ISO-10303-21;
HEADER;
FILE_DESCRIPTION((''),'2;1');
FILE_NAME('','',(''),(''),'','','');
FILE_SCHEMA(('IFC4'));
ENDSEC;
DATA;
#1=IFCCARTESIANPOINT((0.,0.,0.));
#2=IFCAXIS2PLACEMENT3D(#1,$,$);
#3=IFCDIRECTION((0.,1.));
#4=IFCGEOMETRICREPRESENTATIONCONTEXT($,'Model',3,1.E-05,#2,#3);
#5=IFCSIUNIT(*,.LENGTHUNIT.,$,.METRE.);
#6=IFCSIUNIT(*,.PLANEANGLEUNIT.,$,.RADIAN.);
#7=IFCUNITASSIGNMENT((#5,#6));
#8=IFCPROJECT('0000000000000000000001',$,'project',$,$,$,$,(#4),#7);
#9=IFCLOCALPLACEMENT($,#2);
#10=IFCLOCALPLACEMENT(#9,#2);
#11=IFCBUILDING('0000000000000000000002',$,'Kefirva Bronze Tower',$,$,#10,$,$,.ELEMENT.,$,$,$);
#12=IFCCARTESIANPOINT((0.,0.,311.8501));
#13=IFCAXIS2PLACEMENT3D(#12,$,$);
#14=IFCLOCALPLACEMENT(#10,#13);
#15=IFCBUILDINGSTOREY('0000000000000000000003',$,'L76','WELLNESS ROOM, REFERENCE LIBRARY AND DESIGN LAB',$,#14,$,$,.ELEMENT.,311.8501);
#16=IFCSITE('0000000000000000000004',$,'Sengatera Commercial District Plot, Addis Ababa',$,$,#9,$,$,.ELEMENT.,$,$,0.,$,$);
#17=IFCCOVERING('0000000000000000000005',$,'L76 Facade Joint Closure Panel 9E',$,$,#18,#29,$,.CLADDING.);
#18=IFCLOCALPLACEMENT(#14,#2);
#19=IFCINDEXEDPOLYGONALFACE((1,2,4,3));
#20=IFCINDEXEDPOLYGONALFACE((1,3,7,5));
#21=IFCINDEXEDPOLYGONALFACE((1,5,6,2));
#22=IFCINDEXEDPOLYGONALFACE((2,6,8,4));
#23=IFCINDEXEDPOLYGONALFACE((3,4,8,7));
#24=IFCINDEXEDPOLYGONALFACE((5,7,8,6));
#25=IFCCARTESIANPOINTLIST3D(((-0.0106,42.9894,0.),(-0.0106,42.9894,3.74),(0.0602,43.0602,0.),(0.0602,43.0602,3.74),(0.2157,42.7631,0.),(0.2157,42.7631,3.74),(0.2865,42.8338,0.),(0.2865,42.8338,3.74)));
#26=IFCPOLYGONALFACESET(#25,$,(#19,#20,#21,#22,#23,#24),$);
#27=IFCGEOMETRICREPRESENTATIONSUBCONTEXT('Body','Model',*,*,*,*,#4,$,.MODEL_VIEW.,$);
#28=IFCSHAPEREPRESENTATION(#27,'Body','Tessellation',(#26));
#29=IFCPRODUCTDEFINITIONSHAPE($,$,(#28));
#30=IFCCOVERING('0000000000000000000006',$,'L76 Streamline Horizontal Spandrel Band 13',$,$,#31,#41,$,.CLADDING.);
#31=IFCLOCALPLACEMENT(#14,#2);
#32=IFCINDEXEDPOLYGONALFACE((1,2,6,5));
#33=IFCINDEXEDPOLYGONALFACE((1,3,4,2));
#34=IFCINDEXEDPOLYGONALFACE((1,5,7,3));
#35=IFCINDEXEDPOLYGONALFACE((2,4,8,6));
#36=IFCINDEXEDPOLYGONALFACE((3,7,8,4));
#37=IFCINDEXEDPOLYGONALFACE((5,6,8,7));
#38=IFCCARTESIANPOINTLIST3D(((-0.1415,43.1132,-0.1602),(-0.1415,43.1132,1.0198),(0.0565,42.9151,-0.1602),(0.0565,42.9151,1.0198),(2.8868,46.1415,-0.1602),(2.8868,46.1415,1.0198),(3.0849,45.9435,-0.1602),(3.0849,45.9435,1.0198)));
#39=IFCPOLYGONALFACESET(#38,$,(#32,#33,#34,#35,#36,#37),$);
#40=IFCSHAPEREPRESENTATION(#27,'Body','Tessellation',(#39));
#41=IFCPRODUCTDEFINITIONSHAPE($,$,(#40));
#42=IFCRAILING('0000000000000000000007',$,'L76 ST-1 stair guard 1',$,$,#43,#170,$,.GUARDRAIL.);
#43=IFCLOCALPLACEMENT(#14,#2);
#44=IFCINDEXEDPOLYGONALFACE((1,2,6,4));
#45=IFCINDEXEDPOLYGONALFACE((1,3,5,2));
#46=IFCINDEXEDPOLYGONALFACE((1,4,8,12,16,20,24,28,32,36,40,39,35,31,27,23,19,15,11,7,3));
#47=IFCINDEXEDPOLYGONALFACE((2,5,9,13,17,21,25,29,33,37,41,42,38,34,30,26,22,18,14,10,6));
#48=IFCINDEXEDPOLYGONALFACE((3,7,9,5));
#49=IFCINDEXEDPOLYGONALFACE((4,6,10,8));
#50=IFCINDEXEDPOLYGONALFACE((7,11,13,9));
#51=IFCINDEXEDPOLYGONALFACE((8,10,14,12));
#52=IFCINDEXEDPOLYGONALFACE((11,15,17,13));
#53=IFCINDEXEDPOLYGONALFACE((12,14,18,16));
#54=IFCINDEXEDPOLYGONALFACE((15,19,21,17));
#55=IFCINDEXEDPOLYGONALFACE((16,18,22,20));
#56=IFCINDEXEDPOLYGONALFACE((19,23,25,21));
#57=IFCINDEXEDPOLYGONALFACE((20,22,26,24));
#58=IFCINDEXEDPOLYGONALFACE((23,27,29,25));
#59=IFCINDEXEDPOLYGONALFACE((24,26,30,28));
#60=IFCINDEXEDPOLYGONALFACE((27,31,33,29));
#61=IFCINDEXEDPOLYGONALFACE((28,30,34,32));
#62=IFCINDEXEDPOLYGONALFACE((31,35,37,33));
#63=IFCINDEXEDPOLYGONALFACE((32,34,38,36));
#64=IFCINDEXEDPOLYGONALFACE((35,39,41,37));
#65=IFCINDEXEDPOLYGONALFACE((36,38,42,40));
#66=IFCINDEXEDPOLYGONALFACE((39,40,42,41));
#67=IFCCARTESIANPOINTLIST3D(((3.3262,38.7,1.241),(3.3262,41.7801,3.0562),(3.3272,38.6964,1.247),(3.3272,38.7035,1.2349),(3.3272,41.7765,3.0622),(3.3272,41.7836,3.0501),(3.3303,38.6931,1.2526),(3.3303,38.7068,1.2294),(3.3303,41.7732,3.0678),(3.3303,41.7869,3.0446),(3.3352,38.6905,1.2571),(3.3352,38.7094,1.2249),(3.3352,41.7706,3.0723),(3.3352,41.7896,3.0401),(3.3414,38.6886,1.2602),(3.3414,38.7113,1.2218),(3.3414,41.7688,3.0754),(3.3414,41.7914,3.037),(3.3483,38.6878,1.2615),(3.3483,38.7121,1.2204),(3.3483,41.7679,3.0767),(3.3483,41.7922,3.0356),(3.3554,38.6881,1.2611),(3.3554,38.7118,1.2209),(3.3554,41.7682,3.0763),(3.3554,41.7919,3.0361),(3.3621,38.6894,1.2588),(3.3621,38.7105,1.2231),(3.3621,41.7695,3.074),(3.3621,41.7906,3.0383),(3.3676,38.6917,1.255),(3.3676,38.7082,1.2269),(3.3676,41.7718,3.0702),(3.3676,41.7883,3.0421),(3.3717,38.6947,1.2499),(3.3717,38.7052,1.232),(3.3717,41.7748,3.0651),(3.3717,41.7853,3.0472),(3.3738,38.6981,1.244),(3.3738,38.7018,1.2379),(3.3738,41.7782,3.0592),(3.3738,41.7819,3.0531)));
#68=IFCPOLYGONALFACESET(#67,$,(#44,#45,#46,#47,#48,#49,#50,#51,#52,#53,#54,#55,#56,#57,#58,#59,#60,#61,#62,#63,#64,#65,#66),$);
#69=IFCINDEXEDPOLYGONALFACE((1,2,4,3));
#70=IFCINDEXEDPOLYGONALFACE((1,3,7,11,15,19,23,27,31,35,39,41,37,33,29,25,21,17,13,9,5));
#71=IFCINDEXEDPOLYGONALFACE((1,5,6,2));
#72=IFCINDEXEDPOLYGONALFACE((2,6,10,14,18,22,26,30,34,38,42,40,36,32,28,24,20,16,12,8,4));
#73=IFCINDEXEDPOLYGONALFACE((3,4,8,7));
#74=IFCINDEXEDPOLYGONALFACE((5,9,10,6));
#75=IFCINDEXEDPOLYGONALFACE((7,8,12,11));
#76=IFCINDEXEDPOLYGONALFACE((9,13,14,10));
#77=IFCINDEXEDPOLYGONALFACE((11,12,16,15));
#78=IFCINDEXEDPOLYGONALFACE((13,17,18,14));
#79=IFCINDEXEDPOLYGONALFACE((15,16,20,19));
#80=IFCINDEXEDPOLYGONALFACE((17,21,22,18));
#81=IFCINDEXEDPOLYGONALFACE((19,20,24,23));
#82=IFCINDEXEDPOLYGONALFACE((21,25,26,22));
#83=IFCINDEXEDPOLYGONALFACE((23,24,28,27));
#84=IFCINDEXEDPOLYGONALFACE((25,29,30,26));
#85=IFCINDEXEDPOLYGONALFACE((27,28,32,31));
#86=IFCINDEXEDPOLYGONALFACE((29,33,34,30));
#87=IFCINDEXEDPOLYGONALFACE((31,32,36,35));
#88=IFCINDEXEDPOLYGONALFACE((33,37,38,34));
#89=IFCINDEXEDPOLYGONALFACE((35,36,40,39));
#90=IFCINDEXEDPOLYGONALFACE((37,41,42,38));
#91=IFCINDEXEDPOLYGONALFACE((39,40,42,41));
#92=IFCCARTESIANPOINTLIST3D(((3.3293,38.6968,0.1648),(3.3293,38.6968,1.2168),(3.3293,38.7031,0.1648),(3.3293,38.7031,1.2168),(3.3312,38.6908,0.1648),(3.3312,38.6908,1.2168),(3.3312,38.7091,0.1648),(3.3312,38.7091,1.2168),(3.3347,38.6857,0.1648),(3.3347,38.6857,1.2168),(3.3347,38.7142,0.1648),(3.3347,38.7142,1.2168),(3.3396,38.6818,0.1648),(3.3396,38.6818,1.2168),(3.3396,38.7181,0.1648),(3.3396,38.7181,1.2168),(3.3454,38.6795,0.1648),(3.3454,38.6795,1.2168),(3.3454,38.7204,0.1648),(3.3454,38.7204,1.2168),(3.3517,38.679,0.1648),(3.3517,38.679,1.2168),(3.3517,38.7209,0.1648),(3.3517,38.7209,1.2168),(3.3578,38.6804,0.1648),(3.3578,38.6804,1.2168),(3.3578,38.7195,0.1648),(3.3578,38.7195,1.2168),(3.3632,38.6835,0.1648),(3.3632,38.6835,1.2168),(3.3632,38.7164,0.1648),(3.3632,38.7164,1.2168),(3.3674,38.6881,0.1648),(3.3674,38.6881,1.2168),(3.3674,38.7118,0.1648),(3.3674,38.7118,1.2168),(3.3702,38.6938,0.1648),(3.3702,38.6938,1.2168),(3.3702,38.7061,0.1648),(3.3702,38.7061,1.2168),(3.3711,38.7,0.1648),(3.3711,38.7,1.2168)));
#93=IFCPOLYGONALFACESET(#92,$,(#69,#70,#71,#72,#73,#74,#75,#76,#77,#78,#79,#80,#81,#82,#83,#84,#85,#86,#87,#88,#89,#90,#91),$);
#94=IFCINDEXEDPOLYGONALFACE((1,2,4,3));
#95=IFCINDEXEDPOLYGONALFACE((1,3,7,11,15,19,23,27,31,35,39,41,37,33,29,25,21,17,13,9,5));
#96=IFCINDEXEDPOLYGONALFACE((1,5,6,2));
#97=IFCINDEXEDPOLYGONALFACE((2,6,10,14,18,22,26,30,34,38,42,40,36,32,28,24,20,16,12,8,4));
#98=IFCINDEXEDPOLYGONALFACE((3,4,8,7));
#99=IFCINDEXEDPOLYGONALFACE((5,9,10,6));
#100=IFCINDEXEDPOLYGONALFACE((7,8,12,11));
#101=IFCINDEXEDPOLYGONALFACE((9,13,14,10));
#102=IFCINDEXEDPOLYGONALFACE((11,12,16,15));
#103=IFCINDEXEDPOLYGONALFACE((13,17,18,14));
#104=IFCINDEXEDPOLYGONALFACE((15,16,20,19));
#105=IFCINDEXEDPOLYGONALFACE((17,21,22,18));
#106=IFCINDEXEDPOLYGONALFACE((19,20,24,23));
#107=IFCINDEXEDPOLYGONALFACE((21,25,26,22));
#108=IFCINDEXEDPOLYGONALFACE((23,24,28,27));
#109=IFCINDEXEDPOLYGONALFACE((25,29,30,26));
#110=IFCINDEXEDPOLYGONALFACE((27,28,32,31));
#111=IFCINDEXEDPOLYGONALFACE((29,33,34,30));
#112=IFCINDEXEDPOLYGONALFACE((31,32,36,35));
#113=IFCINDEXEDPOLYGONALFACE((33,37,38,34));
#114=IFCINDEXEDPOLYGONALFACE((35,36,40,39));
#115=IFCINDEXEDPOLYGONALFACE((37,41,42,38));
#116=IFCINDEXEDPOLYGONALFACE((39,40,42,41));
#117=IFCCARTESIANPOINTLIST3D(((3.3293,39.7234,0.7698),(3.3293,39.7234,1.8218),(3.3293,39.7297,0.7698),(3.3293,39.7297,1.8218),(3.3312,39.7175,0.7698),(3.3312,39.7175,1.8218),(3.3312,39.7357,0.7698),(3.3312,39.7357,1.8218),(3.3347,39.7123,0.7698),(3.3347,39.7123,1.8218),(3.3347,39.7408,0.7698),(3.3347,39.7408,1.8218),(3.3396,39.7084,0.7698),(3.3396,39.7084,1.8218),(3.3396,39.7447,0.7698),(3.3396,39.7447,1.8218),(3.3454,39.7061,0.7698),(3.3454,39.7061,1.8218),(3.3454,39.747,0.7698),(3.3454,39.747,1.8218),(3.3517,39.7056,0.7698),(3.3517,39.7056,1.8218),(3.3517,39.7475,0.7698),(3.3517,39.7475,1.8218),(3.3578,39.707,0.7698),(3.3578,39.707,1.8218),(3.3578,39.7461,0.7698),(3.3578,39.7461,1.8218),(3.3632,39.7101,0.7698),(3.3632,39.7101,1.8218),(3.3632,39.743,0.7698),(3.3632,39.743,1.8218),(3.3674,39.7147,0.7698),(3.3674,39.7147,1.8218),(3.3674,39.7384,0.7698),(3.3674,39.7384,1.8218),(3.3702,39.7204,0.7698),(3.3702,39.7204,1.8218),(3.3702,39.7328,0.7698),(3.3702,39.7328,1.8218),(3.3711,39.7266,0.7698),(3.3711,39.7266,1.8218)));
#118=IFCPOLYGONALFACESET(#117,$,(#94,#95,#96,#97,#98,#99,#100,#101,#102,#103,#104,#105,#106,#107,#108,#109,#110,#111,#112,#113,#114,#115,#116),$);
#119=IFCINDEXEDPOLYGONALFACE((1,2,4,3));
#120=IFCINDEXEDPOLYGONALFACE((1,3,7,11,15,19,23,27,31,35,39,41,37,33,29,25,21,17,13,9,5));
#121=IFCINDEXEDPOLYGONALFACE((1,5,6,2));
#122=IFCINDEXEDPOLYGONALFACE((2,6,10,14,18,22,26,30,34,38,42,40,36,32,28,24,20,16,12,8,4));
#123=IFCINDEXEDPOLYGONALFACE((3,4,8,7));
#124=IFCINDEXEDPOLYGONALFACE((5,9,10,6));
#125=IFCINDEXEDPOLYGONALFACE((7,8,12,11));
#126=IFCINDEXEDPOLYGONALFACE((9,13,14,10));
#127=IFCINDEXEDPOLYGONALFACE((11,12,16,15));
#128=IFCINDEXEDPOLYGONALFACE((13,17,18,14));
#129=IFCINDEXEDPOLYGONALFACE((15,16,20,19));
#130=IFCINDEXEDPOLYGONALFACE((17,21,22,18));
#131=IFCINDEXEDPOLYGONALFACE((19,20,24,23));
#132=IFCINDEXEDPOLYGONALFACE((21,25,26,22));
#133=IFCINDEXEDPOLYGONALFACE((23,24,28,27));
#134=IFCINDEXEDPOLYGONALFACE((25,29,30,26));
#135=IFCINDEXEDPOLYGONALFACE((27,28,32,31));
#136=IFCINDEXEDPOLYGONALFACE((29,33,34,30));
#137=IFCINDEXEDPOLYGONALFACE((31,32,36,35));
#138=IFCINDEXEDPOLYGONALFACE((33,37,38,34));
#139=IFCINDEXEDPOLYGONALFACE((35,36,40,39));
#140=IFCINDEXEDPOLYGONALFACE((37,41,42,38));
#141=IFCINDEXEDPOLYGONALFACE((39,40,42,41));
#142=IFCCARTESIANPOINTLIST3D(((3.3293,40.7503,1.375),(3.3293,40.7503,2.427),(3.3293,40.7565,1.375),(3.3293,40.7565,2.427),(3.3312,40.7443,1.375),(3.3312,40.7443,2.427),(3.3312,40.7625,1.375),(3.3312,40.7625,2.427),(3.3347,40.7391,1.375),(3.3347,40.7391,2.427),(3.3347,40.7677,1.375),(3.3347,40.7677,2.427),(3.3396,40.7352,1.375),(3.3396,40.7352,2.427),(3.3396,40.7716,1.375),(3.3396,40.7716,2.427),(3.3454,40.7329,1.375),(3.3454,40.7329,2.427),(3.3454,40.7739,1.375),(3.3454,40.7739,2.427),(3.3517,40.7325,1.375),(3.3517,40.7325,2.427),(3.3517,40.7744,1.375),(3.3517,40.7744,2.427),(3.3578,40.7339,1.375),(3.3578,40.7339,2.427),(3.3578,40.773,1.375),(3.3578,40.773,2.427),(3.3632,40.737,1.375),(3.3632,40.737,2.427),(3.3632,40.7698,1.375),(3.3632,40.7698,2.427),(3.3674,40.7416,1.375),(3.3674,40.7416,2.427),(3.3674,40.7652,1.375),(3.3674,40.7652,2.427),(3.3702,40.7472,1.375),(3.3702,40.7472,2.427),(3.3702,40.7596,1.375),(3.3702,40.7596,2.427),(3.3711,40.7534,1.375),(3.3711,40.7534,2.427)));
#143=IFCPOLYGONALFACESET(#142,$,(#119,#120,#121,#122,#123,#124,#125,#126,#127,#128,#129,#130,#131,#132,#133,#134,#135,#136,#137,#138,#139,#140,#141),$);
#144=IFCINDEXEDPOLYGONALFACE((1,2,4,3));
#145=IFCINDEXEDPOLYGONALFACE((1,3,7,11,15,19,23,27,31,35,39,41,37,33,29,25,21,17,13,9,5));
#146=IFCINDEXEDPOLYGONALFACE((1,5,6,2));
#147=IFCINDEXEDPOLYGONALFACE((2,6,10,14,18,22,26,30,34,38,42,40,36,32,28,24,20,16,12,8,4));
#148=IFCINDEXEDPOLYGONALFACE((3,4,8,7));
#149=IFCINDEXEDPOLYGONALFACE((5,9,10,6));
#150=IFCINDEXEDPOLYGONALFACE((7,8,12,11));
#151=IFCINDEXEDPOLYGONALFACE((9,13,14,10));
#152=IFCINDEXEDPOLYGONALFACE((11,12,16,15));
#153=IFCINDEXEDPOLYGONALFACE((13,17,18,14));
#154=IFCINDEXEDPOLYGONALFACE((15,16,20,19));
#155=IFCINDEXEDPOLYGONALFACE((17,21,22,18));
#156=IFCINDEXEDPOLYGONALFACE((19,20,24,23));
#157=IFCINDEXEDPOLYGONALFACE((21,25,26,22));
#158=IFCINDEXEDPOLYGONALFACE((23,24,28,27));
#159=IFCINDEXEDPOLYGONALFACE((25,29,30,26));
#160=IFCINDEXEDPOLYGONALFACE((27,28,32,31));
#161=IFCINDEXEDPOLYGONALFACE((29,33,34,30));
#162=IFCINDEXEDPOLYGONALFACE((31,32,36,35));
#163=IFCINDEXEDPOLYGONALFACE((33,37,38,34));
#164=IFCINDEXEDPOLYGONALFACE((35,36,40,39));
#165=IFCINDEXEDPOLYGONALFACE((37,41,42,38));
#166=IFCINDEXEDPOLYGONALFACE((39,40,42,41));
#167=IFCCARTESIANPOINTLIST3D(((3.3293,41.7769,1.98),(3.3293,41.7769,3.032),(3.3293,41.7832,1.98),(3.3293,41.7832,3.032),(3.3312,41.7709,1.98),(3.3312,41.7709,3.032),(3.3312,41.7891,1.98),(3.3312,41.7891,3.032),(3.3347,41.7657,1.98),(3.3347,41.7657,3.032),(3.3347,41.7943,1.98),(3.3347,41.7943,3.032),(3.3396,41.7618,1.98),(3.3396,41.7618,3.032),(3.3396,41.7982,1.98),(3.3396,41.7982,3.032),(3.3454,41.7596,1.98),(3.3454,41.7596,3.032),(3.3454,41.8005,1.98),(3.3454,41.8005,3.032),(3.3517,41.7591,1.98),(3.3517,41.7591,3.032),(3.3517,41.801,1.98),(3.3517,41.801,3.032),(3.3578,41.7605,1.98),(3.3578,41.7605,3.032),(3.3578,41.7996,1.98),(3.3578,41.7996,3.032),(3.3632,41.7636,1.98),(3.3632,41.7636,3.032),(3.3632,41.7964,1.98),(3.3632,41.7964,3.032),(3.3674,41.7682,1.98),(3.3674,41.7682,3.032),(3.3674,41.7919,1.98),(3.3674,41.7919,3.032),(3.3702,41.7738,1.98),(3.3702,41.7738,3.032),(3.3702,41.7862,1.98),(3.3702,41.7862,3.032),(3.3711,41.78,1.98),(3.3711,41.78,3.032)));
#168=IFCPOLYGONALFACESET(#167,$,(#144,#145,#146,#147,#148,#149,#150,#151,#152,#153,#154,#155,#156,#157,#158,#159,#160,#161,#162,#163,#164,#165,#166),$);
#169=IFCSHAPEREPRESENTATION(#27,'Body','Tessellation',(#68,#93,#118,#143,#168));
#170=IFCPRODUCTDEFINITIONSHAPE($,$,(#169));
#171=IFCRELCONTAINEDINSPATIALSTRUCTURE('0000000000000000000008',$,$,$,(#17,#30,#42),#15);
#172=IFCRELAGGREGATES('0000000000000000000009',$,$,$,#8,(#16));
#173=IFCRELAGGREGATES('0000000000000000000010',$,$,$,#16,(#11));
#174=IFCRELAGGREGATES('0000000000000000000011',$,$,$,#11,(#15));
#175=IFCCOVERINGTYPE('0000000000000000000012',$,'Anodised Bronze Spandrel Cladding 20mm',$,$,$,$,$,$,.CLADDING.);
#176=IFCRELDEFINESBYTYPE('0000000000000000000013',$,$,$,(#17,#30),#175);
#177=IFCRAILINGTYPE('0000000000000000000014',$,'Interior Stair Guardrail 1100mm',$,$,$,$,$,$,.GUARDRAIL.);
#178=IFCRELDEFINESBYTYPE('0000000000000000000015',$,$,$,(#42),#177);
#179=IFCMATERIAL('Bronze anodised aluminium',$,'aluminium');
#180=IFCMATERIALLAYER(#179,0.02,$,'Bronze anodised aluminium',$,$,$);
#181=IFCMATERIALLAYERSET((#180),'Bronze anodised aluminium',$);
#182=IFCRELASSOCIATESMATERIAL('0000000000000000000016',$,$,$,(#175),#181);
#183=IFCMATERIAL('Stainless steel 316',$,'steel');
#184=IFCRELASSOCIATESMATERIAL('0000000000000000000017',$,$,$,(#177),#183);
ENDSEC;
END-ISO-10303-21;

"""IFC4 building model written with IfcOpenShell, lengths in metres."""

from ifc_helpers import new_model, si_unit, direction, frame, origin, origin_2d, place, context, subcontext, project, spatial, rectangle, circle, extrude, material, layer, layer_set, type_object, element, save


model = new_model("IFC4")

# Units and contexts
model_context = context("Model", 3, precision=1e-05, world=origin(), true_north=direction((0.0, 1.0)))
body_context = subcontext(model_context, "Body", "Model", "MODEL_VIEW")
ifc_project = project(units=[si_unit("LENGTHUNIT", "METRE"), si_unit("PLANEANGLEUNIT", "RADIAN")], contexts=[model_context])

# Site, building, storey
site_placement = place(None, origin())
site = spatial("IfcSite", under=ifc_project, at=site_placement, Name="Sengatera Commercial District Plot, Addis Ababa", CompositionType="ELEMENT", RefElevation=0.0)
building_placement = place(site_placement, origin())
building = spatial("IfcBuilding", under=site, at=building_placement, Name="Kefirva Bronze Tower", CompositionType="ELEMENT")
storey_placement = place(building_placement, frame((0.0, 0.0, 311.8501)))
storey = spatial("IfcBuildingStorey", under=building, at=storey_placement, Name="L76", Description="WELLNESS ROOM, REFERENCE LIBRARY AND DESIGN LAB", CompositionType="ELEMENT", Elevation=311.8501)

# Coverings
ifc_material_1 = material(Name="Bronze anodised aluminium", Category="aluminium")
ifc_layer_1 = layer(ifc_material_1, 0.02, Name="Bronze anodised aluminium")
ifc_layer_set_1 = layer_set([ifc_layer_1], Name="Bronze anodised aluminium")
covering_type_1 = type_object("IfcCoveringType", Name="Anodised Bronze Spandrel Cladding 20mm", PredefinedType="CLADDING", material=ifc_layer_set_1)
for number, where, z_axis, x_axis, name in (
    (1, (0.1379, 42.9116, 0.0), (0.0, 0.0, 1.0), (-0.707107, -0.707107, 0.0), "L76 Facade Joint Closure Panel 9E"),
):
    element("IfcCovering", number, at=place(storey_placement, frame(where, z_axis=z_axis, x_axis=x_axis)), inside=storey, type_object=covering_type_1, Name=name, PredefinedType="CLADDING", context=body_context, shape_type="SweptSolid", body=[
        extrude(rectangle(XDim=0.1001, YDim=0.3201, at=origin_2d()), origin(), (0.0, 0.0, 1.0), 3.74),
    ])
covering_1_placement = place(storey_placement, frame((1.4717, 44.5283, -0.1602), z_axis=(0.0, 0.0, 1.0), x_axis=(-0.707107, -0.707107, 0.0)))
element("IfcCovering", 2, at=covering_1_placement, inside=storey, type_object=covering_type_1, Name="L76 Streamline Horizontal Spandrel Band 13", PredefinedType="CLADDING", context=body_context, shape_type="SweptSolid", body=[
    extrude(rectangle(XDim=4.2827, YDim=0.28, at=origin_2d()), origin(), (0.0, 0.0, 1.0), 1.1799),
])

# Railing
ifc_material_2 = material(Name="Stainless steel 316", Category="steel")
railing_type_1 = type_object("IfcRailingType", Name="Interior Stair Guardrail 1100mm", PredefinedType="GUARDRAIL", material=ifc_material_2)
railing_1_placement = place(storey_placement, frame((3.3501, 38.7, 0.1648)))
element("IfcRailing", 3, at=railing_1_placement, inside=storey, type_object=railing_type_1, Name="L76 ST-1 stair guard 1", PredefinedType="GUARDRAIL", context=body_context, shape_type="SweptSolid", body=[
    extrude(circle(Radius=0.0239, at=origin_2d()), frame((0.0, 0.0, 1.0762), z_axis=(0.0, 0.861521, 0.507721), x_axis=(-1.0, 0.0, 0.0)), (0.0, 0.0, 1.0), 3.5752),
    extrude(circle(Radius=0.021, at=origin_2d()), origin(), (0.0, 0.0, 1.0), 1.052),
    extrude(circle(Radius=0.021, at=origin_2d()), frame((0.0, 1.0266, 0.605)), (0.0, 0.0, 1.0), 1.052),
    extrude(circle(Radius=0.021, at=origin_2d()), frame((0.0, 2.0535, 1.2102)), (0.0, 0.0, 1.0), 1.052),
    extrude(circle(Radius=0.021, at=origin_2d()), frame((0.0, 3.0801, 1.8152)), (0.0, 0.0, 1.0), 1.052),
])

save(model, "model.ifc")
